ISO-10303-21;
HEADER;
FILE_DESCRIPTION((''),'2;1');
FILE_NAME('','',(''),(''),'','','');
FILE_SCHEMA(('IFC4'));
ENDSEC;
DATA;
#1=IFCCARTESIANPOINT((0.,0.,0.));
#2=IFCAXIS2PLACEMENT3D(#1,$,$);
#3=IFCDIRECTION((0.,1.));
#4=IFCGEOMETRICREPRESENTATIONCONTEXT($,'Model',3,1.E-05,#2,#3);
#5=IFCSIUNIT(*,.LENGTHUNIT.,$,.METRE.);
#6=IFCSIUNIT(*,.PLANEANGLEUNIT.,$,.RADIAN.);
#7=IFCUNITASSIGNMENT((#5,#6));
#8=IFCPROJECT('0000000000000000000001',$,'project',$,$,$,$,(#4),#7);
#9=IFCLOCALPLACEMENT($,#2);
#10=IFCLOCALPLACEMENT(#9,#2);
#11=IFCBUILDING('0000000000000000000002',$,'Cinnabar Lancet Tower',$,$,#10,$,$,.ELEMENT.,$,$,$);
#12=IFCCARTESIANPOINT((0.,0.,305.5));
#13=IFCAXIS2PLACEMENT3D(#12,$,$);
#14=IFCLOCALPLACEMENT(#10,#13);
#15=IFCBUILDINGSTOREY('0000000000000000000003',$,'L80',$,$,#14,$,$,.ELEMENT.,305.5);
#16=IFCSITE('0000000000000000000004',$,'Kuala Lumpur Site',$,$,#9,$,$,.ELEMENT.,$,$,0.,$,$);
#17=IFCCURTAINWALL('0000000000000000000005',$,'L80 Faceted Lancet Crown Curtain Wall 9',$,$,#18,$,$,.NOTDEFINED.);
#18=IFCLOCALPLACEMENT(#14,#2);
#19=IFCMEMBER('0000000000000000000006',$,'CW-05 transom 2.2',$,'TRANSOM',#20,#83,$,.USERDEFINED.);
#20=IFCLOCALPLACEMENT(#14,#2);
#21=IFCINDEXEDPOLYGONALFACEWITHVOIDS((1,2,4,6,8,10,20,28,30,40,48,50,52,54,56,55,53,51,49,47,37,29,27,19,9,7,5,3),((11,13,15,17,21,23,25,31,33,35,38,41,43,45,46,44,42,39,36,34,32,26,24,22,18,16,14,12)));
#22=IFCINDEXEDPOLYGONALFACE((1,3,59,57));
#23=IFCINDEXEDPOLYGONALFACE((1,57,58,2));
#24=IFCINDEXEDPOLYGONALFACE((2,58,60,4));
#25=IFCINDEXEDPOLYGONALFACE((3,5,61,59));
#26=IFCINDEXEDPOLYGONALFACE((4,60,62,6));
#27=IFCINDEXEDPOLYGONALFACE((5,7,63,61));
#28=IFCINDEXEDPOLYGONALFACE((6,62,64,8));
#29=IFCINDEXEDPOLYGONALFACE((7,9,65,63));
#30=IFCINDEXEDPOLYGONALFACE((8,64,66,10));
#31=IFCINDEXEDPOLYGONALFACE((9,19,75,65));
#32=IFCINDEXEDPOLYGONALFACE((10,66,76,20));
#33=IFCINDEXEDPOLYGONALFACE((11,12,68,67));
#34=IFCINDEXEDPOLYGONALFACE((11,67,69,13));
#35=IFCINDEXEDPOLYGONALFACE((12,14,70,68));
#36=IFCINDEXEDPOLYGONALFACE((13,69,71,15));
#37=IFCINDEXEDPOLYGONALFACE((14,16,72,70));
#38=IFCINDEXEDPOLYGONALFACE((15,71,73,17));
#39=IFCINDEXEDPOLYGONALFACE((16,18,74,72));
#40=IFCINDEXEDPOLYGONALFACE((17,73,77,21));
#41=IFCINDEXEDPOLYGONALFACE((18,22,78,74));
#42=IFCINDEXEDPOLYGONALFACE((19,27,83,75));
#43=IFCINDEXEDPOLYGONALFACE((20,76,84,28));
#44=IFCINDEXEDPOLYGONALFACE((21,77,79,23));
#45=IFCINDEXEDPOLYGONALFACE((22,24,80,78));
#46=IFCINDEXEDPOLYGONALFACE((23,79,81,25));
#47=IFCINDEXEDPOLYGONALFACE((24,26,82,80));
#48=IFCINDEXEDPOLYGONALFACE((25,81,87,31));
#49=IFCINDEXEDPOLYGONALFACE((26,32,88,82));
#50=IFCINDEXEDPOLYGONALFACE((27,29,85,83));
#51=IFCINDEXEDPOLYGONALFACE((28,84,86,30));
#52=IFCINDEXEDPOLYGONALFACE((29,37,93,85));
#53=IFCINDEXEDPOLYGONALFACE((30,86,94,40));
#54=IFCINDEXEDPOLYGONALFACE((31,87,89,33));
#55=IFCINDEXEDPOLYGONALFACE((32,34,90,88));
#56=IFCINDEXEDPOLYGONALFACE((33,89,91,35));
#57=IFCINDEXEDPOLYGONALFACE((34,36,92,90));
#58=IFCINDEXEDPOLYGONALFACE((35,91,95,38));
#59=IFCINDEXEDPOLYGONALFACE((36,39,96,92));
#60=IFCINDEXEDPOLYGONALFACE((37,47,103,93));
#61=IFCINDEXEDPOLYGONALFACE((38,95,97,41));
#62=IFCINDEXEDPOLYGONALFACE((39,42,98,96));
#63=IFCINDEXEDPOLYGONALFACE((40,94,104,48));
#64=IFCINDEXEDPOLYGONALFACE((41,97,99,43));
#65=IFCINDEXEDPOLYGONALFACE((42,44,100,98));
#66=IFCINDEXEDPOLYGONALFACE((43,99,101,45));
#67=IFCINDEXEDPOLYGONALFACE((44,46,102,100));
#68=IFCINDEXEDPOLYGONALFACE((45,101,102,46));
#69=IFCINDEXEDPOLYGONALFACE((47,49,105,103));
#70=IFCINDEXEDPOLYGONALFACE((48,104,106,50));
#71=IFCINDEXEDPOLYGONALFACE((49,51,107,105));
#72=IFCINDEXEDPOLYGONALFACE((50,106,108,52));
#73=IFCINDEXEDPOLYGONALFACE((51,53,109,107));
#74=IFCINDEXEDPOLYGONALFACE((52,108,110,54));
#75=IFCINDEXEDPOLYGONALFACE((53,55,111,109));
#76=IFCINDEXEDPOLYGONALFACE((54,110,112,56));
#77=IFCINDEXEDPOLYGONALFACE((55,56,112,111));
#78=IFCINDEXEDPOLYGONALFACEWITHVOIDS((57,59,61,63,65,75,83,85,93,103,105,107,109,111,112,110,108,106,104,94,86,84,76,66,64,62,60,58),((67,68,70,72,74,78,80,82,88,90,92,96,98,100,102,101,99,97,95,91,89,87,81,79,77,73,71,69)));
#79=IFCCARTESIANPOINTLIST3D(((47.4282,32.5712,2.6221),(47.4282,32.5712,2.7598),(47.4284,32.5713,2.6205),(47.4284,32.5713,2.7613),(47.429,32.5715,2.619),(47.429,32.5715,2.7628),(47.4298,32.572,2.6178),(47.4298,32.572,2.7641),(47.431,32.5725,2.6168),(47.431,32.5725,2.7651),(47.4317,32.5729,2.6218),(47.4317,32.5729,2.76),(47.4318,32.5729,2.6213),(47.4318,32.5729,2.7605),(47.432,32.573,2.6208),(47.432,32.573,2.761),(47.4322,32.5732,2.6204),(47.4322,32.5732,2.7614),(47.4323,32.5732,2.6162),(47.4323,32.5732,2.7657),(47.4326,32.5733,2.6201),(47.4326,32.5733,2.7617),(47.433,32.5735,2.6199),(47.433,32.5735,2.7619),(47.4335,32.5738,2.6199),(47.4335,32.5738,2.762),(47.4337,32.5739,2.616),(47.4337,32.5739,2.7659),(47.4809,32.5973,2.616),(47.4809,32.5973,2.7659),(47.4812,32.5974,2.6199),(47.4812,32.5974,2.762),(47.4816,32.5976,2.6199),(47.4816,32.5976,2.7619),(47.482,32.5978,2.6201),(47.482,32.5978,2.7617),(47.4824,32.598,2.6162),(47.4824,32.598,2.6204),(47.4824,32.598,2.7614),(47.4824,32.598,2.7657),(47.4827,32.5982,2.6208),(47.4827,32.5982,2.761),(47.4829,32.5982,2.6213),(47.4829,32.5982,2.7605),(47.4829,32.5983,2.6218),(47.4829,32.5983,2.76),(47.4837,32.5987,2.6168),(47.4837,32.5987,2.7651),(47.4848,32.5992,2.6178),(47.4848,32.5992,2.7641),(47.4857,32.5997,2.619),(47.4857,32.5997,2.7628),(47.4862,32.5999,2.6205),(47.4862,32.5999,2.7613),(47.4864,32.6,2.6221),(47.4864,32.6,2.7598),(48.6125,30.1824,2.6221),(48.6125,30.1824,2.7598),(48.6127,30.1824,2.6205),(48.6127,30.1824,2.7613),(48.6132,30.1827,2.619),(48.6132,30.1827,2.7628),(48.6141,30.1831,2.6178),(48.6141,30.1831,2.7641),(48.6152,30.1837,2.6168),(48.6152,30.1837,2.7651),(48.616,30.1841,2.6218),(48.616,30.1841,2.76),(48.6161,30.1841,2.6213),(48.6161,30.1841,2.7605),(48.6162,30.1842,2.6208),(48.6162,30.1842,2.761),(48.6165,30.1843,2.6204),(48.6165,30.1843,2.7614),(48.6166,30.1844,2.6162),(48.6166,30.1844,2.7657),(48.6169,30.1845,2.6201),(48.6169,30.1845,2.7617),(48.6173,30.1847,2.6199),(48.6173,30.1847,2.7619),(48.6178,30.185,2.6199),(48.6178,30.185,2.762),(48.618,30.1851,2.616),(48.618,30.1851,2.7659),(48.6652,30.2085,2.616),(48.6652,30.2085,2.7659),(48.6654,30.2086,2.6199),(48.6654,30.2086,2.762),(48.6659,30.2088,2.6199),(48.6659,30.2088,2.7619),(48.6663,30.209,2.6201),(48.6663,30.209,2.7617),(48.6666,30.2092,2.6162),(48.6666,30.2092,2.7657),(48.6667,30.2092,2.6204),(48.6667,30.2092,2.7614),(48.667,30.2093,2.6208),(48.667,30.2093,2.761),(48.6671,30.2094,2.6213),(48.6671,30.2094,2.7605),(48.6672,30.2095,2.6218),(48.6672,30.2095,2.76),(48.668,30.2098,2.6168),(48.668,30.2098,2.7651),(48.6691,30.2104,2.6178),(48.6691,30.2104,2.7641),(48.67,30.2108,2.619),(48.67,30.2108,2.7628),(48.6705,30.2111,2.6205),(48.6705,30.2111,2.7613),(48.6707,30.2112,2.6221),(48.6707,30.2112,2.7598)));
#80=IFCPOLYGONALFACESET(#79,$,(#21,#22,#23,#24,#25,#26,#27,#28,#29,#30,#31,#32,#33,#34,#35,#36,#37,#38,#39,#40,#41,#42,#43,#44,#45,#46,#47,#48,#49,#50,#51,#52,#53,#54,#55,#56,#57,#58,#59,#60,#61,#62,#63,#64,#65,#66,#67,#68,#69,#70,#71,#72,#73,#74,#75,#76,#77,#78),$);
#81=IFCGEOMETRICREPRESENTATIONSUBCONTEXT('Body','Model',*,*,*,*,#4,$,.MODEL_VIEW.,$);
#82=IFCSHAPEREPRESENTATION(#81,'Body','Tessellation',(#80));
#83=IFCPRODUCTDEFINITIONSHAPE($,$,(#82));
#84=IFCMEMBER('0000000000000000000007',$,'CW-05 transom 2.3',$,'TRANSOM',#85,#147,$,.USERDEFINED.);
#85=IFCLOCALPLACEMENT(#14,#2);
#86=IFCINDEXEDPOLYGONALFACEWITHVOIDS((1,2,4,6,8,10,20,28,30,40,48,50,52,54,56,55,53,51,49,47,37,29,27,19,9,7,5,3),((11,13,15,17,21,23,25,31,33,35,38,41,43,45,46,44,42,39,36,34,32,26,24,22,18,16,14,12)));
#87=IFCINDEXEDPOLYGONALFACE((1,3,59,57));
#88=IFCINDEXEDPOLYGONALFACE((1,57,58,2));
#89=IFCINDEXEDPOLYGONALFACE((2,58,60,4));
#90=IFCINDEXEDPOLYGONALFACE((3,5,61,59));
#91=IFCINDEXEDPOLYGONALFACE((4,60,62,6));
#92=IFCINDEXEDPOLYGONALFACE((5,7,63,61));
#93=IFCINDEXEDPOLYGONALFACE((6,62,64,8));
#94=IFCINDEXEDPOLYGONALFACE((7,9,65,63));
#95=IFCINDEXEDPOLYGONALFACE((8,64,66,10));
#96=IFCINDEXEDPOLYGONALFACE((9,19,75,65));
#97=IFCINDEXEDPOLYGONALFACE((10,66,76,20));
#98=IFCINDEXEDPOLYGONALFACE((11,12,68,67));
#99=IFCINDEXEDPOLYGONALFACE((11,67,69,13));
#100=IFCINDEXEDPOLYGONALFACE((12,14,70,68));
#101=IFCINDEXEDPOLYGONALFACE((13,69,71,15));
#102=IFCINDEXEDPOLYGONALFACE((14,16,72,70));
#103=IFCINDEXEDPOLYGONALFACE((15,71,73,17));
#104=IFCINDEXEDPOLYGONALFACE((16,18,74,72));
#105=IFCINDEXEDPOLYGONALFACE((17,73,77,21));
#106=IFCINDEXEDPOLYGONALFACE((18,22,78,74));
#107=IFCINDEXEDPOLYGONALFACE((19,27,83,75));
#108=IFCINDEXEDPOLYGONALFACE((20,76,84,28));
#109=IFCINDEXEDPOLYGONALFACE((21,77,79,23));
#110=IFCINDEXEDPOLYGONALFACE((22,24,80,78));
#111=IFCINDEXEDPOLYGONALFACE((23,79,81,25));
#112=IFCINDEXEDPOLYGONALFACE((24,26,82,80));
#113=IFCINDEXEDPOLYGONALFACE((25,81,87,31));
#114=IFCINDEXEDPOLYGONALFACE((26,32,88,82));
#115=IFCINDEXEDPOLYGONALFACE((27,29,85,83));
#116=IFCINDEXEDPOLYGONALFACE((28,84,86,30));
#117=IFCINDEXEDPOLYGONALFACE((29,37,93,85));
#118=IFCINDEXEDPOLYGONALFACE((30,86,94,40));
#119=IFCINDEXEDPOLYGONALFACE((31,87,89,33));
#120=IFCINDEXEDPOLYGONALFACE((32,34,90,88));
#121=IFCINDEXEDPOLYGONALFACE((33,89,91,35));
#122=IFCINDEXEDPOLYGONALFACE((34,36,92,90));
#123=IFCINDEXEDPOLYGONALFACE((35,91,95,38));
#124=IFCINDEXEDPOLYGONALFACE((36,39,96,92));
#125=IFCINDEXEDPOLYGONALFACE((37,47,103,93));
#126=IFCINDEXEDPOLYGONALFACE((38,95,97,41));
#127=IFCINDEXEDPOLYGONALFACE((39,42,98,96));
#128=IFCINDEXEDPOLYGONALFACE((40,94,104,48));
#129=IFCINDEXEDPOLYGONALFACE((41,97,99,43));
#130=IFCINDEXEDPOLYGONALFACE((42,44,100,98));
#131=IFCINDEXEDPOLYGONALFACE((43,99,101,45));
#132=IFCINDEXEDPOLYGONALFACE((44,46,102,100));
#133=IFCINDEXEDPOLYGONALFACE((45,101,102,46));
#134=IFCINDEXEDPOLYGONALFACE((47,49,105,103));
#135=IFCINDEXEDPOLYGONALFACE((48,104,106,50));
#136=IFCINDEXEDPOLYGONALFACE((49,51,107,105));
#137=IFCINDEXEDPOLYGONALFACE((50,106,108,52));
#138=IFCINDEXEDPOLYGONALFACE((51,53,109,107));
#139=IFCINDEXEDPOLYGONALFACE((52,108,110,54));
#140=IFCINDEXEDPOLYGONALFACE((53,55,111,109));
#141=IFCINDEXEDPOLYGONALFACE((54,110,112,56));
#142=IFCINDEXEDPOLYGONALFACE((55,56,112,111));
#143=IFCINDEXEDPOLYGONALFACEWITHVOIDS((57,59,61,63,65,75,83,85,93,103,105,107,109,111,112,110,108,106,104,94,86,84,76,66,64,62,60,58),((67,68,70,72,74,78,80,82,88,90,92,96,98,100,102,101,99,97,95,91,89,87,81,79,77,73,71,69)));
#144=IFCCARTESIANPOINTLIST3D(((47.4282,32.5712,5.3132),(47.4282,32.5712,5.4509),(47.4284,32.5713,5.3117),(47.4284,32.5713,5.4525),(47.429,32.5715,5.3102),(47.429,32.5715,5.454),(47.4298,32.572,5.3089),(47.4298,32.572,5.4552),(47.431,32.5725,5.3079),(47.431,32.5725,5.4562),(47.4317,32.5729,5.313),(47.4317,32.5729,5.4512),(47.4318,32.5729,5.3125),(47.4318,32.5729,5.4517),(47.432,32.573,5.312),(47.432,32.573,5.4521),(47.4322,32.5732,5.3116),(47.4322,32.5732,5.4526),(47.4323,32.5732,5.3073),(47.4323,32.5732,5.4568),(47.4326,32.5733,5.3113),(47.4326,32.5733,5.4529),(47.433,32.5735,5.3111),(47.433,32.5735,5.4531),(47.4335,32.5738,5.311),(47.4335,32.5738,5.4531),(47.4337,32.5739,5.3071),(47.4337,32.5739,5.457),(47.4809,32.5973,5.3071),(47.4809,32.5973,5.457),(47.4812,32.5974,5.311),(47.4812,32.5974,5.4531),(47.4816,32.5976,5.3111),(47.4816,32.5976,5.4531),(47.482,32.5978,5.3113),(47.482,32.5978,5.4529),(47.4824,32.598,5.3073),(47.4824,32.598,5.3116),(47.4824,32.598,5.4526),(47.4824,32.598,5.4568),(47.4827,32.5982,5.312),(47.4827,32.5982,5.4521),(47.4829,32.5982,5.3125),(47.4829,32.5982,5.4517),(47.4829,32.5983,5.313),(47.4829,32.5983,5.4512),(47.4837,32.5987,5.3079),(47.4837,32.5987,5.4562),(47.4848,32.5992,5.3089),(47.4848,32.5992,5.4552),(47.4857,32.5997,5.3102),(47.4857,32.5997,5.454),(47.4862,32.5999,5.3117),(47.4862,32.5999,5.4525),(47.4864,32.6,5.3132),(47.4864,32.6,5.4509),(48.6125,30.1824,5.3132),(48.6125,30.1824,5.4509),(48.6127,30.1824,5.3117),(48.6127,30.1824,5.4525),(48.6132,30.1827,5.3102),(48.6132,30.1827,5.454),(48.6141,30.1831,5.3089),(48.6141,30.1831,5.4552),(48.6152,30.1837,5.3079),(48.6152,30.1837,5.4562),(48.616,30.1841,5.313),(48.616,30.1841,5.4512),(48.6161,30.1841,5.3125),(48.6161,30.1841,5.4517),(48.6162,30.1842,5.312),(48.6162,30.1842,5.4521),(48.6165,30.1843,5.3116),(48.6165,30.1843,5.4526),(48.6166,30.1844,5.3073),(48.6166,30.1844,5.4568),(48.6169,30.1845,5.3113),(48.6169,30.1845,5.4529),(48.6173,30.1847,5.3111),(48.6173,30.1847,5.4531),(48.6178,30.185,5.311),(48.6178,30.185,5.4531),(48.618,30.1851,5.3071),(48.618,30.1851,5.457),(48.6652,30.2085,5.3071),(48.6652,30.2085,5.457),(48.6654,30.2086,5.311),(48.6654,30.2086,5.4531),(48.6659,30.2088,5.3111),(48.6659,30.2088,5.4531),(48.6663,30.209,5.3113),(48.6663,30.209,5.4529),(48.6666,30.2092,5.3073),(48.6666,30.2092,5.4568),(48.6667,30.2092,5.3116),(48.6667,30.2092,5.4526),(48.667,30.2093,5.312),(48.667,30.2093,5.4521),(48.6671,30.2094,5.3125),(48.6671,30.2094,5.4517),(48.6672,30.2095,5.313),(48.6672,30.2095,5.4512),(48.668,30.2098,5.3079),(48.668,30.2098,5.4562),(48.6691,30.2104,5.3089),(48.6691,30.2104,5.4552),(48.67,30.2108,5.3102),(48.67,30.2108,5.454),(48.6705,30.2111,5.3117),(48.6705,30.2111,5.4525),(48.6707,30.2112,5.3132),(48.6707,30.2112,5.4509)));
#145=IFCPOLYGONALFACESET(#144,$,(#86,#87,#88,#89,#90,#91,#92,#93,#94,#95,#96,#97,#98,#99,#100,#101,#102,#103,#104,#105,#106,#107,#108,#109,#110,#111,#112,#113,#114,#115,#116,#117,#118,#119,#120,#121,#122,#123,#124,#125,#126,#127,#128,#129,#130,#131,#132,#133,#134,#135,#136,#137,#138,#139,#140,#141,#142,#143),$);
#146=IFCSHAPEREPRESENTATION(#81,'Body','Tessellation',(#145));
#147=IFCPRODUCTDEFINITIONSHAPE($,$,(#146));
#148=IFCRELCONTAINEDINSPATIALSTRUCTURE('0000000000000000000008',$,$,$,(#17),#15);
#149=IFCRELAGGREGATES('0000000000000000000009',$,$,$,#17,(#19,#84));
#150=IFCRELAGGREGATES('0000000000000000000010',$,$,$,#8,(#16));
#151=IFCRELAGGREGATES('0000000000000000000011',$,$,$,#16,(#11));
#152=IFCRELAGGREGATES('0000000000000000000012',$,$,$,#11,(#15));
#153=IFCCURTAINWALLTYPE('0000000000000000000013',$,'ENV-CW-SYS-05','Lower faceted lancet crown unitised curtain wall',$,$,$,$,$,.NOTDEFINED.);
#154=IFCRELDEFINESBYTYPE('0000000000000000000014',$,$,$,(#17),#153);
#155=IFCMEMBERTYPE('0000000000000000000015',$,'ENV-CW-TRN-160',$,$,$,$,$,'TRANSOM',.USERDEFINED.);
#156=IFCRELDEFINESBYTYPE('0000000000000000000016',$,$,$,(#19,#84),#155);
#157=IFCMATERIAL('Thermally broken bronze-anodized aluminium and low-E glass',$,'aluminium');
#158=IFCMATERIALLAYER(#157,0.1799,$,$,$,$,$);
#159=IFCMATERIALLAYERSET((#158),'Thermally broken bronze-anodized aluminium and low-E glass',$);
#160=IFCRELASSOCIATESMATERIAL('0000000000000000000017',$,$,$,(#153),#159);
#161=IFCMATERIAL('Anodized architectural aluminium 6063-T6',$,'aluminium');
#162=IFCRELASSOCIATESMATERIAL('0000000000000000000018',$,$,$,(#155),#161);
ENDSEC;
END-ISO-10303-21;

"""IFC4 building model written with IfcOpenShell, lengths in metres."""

from ifc_helpers import new_model, si_unit, direction, frame, origin, origin_2d, place, context, subcontext, project, spatial, hollow_rectangle, extrude, material, layer, layer_set, material_profile, profile_set, type_object, element, aggregate, save


model = new_model("IFC4")

# Units and contexts
model_context = context("Model", 3, precision=1e-05, world=origin(), true_north=direction((0.0, 1.0)))
body_context = subcontext(model_context, "Body", "Model", "MODEL_VIEW")
ifc_project = project(units=[si_unit("LENGTHUNIT", "METRE"), si_unit("PLANEANGLEUNIT", "RADIAN")], contexts=[model_context])

# Site, building, storey
site_placement = place(None, origin())
site = spatial("IfcSite", under=ifc_project, at=site_placement, Name="Kuala Lumpur Site", CompositionType="ELEMENT", RefElevation=0.0)
building_placement = place(site_placement, origin())
building = spatial("IfcBuilding", under=site, at=building_placement, Name="Cinnabar Lancet Tower", CompositionType="ELEMENT")
storey_placement = place(building_placement, frame((0.0, 0.0, 305.5)))
storey = spatial("IfcBuildingStorey", under=building, at=storey_placement, Name="L80", CompositionType="ELEMENT", Elevation=305.5)

# Shared definitions
ifc_material_1 = material(Name="Thermally broken bronze-anodized aluminium and low-E glass", Category="aluminium")
ifc_layer_1 = layer(ifc_material_1, 0.1799)
ifc_layer_set_1 = layer_set([ifc_layer_1], Name="Thermally broken bronze-anodized aluminium and low-E glass")
curtain_wall_type = type_object("IfcCurtainWallType", Name="ENV-CW-SYS-05", Description="Lower faceted lancet crown unitised curtain wall", PredefinedType="NOTDEFINED", material=ifc_layer_set_1)

# Curtain wall
curtain_wall_1_placement = place(storey_placement, origin())
curtain_wall_1 = element("IfcCurtainWall", 1, at=curtain_wall_1_placement, inside=storey, type_object=curtain_wall_type, Name="L80 Faceted Lancet Crown Curtain Wall 9", PredefinedType="NOTDEFINED")

# Members
ifc_material_2 = material(Name="Anodized architectural aluminium 6063-T6", Category="aluminium")
ifc_material_profile_1 = material_profile(ifc_material_2, hollow_rectangle(XDim=0.0649, YDim=0.1499, WallThickness=0.0039, InnerFilletRadius=0.002, OuterFilletRadius=0.0061, at=origin_2d()), Name="CW-TRN 150x65x4")
ifc_profile_set_1 = profile_set([ifc_material_profile_1], Name="Anodized architectural aluminium 6063-T6")
member_type_1 = type_object("IfcMemberType", Name="ENV-CW-TRN-160", ElementType="TRANSOM", PredefinedType="USERDEFINED", material=ifc_profile_set_1)
member_1_placement = place(storey_placement, frame((48.6416, 30.1968, 2.6909), z_axis=(-0.444171, 0.895942, 0.0), x_axis=(-0.895942, -0.444171, 0.0)))
member_1 = element("IfcMember", 2, at=member_1_placement, type_object=member_type_1, Name="CW-05 transom 2.2", ObjectType="TRANSOM", PredefinedType="USERDEFINED", context=body_context, shape_type="SweptSolid", body=[
    extrude(hollow_rectangle(XDim=0.0649, YDim=0.1499, WallThickness=0.0039, InnerFilletRadius=0.002, OuterFilletRadius=0.0061, at=origin_2d()), origin(), (0.0, 0.0, 1.0), 2.6663),
])
member_2_placement = place(storey_placement, frame((48.6416, 30.1968, 5.3821), z_axis=(-0.444171, 0.895942, 0.0), x_axis=(-0.895942, -0.444171, 0.0)))
member_2 = element("IfcMember", 3, at=member_2_placement, type_object=member_type_1, Name="CW-05 transom 2.3", ObjectType="TRANSOM", PredefinedType="USERDEFINED", context=body_context, shape_type="SweptSolid", body=[
    extrude(hollow_rectangle(XDim=0.0649, YDim=0.1499, WallThickness=0.0039, InnerFilletRadius=0.002, OuterFilletRadius=0.0061, at=origin_2d()), origin(), (0.0, 0.0, 1.0), 2.6663),
])

aggregate(curtain_wall_1, [member_1, member_2])

save(model, "model.ifc")
